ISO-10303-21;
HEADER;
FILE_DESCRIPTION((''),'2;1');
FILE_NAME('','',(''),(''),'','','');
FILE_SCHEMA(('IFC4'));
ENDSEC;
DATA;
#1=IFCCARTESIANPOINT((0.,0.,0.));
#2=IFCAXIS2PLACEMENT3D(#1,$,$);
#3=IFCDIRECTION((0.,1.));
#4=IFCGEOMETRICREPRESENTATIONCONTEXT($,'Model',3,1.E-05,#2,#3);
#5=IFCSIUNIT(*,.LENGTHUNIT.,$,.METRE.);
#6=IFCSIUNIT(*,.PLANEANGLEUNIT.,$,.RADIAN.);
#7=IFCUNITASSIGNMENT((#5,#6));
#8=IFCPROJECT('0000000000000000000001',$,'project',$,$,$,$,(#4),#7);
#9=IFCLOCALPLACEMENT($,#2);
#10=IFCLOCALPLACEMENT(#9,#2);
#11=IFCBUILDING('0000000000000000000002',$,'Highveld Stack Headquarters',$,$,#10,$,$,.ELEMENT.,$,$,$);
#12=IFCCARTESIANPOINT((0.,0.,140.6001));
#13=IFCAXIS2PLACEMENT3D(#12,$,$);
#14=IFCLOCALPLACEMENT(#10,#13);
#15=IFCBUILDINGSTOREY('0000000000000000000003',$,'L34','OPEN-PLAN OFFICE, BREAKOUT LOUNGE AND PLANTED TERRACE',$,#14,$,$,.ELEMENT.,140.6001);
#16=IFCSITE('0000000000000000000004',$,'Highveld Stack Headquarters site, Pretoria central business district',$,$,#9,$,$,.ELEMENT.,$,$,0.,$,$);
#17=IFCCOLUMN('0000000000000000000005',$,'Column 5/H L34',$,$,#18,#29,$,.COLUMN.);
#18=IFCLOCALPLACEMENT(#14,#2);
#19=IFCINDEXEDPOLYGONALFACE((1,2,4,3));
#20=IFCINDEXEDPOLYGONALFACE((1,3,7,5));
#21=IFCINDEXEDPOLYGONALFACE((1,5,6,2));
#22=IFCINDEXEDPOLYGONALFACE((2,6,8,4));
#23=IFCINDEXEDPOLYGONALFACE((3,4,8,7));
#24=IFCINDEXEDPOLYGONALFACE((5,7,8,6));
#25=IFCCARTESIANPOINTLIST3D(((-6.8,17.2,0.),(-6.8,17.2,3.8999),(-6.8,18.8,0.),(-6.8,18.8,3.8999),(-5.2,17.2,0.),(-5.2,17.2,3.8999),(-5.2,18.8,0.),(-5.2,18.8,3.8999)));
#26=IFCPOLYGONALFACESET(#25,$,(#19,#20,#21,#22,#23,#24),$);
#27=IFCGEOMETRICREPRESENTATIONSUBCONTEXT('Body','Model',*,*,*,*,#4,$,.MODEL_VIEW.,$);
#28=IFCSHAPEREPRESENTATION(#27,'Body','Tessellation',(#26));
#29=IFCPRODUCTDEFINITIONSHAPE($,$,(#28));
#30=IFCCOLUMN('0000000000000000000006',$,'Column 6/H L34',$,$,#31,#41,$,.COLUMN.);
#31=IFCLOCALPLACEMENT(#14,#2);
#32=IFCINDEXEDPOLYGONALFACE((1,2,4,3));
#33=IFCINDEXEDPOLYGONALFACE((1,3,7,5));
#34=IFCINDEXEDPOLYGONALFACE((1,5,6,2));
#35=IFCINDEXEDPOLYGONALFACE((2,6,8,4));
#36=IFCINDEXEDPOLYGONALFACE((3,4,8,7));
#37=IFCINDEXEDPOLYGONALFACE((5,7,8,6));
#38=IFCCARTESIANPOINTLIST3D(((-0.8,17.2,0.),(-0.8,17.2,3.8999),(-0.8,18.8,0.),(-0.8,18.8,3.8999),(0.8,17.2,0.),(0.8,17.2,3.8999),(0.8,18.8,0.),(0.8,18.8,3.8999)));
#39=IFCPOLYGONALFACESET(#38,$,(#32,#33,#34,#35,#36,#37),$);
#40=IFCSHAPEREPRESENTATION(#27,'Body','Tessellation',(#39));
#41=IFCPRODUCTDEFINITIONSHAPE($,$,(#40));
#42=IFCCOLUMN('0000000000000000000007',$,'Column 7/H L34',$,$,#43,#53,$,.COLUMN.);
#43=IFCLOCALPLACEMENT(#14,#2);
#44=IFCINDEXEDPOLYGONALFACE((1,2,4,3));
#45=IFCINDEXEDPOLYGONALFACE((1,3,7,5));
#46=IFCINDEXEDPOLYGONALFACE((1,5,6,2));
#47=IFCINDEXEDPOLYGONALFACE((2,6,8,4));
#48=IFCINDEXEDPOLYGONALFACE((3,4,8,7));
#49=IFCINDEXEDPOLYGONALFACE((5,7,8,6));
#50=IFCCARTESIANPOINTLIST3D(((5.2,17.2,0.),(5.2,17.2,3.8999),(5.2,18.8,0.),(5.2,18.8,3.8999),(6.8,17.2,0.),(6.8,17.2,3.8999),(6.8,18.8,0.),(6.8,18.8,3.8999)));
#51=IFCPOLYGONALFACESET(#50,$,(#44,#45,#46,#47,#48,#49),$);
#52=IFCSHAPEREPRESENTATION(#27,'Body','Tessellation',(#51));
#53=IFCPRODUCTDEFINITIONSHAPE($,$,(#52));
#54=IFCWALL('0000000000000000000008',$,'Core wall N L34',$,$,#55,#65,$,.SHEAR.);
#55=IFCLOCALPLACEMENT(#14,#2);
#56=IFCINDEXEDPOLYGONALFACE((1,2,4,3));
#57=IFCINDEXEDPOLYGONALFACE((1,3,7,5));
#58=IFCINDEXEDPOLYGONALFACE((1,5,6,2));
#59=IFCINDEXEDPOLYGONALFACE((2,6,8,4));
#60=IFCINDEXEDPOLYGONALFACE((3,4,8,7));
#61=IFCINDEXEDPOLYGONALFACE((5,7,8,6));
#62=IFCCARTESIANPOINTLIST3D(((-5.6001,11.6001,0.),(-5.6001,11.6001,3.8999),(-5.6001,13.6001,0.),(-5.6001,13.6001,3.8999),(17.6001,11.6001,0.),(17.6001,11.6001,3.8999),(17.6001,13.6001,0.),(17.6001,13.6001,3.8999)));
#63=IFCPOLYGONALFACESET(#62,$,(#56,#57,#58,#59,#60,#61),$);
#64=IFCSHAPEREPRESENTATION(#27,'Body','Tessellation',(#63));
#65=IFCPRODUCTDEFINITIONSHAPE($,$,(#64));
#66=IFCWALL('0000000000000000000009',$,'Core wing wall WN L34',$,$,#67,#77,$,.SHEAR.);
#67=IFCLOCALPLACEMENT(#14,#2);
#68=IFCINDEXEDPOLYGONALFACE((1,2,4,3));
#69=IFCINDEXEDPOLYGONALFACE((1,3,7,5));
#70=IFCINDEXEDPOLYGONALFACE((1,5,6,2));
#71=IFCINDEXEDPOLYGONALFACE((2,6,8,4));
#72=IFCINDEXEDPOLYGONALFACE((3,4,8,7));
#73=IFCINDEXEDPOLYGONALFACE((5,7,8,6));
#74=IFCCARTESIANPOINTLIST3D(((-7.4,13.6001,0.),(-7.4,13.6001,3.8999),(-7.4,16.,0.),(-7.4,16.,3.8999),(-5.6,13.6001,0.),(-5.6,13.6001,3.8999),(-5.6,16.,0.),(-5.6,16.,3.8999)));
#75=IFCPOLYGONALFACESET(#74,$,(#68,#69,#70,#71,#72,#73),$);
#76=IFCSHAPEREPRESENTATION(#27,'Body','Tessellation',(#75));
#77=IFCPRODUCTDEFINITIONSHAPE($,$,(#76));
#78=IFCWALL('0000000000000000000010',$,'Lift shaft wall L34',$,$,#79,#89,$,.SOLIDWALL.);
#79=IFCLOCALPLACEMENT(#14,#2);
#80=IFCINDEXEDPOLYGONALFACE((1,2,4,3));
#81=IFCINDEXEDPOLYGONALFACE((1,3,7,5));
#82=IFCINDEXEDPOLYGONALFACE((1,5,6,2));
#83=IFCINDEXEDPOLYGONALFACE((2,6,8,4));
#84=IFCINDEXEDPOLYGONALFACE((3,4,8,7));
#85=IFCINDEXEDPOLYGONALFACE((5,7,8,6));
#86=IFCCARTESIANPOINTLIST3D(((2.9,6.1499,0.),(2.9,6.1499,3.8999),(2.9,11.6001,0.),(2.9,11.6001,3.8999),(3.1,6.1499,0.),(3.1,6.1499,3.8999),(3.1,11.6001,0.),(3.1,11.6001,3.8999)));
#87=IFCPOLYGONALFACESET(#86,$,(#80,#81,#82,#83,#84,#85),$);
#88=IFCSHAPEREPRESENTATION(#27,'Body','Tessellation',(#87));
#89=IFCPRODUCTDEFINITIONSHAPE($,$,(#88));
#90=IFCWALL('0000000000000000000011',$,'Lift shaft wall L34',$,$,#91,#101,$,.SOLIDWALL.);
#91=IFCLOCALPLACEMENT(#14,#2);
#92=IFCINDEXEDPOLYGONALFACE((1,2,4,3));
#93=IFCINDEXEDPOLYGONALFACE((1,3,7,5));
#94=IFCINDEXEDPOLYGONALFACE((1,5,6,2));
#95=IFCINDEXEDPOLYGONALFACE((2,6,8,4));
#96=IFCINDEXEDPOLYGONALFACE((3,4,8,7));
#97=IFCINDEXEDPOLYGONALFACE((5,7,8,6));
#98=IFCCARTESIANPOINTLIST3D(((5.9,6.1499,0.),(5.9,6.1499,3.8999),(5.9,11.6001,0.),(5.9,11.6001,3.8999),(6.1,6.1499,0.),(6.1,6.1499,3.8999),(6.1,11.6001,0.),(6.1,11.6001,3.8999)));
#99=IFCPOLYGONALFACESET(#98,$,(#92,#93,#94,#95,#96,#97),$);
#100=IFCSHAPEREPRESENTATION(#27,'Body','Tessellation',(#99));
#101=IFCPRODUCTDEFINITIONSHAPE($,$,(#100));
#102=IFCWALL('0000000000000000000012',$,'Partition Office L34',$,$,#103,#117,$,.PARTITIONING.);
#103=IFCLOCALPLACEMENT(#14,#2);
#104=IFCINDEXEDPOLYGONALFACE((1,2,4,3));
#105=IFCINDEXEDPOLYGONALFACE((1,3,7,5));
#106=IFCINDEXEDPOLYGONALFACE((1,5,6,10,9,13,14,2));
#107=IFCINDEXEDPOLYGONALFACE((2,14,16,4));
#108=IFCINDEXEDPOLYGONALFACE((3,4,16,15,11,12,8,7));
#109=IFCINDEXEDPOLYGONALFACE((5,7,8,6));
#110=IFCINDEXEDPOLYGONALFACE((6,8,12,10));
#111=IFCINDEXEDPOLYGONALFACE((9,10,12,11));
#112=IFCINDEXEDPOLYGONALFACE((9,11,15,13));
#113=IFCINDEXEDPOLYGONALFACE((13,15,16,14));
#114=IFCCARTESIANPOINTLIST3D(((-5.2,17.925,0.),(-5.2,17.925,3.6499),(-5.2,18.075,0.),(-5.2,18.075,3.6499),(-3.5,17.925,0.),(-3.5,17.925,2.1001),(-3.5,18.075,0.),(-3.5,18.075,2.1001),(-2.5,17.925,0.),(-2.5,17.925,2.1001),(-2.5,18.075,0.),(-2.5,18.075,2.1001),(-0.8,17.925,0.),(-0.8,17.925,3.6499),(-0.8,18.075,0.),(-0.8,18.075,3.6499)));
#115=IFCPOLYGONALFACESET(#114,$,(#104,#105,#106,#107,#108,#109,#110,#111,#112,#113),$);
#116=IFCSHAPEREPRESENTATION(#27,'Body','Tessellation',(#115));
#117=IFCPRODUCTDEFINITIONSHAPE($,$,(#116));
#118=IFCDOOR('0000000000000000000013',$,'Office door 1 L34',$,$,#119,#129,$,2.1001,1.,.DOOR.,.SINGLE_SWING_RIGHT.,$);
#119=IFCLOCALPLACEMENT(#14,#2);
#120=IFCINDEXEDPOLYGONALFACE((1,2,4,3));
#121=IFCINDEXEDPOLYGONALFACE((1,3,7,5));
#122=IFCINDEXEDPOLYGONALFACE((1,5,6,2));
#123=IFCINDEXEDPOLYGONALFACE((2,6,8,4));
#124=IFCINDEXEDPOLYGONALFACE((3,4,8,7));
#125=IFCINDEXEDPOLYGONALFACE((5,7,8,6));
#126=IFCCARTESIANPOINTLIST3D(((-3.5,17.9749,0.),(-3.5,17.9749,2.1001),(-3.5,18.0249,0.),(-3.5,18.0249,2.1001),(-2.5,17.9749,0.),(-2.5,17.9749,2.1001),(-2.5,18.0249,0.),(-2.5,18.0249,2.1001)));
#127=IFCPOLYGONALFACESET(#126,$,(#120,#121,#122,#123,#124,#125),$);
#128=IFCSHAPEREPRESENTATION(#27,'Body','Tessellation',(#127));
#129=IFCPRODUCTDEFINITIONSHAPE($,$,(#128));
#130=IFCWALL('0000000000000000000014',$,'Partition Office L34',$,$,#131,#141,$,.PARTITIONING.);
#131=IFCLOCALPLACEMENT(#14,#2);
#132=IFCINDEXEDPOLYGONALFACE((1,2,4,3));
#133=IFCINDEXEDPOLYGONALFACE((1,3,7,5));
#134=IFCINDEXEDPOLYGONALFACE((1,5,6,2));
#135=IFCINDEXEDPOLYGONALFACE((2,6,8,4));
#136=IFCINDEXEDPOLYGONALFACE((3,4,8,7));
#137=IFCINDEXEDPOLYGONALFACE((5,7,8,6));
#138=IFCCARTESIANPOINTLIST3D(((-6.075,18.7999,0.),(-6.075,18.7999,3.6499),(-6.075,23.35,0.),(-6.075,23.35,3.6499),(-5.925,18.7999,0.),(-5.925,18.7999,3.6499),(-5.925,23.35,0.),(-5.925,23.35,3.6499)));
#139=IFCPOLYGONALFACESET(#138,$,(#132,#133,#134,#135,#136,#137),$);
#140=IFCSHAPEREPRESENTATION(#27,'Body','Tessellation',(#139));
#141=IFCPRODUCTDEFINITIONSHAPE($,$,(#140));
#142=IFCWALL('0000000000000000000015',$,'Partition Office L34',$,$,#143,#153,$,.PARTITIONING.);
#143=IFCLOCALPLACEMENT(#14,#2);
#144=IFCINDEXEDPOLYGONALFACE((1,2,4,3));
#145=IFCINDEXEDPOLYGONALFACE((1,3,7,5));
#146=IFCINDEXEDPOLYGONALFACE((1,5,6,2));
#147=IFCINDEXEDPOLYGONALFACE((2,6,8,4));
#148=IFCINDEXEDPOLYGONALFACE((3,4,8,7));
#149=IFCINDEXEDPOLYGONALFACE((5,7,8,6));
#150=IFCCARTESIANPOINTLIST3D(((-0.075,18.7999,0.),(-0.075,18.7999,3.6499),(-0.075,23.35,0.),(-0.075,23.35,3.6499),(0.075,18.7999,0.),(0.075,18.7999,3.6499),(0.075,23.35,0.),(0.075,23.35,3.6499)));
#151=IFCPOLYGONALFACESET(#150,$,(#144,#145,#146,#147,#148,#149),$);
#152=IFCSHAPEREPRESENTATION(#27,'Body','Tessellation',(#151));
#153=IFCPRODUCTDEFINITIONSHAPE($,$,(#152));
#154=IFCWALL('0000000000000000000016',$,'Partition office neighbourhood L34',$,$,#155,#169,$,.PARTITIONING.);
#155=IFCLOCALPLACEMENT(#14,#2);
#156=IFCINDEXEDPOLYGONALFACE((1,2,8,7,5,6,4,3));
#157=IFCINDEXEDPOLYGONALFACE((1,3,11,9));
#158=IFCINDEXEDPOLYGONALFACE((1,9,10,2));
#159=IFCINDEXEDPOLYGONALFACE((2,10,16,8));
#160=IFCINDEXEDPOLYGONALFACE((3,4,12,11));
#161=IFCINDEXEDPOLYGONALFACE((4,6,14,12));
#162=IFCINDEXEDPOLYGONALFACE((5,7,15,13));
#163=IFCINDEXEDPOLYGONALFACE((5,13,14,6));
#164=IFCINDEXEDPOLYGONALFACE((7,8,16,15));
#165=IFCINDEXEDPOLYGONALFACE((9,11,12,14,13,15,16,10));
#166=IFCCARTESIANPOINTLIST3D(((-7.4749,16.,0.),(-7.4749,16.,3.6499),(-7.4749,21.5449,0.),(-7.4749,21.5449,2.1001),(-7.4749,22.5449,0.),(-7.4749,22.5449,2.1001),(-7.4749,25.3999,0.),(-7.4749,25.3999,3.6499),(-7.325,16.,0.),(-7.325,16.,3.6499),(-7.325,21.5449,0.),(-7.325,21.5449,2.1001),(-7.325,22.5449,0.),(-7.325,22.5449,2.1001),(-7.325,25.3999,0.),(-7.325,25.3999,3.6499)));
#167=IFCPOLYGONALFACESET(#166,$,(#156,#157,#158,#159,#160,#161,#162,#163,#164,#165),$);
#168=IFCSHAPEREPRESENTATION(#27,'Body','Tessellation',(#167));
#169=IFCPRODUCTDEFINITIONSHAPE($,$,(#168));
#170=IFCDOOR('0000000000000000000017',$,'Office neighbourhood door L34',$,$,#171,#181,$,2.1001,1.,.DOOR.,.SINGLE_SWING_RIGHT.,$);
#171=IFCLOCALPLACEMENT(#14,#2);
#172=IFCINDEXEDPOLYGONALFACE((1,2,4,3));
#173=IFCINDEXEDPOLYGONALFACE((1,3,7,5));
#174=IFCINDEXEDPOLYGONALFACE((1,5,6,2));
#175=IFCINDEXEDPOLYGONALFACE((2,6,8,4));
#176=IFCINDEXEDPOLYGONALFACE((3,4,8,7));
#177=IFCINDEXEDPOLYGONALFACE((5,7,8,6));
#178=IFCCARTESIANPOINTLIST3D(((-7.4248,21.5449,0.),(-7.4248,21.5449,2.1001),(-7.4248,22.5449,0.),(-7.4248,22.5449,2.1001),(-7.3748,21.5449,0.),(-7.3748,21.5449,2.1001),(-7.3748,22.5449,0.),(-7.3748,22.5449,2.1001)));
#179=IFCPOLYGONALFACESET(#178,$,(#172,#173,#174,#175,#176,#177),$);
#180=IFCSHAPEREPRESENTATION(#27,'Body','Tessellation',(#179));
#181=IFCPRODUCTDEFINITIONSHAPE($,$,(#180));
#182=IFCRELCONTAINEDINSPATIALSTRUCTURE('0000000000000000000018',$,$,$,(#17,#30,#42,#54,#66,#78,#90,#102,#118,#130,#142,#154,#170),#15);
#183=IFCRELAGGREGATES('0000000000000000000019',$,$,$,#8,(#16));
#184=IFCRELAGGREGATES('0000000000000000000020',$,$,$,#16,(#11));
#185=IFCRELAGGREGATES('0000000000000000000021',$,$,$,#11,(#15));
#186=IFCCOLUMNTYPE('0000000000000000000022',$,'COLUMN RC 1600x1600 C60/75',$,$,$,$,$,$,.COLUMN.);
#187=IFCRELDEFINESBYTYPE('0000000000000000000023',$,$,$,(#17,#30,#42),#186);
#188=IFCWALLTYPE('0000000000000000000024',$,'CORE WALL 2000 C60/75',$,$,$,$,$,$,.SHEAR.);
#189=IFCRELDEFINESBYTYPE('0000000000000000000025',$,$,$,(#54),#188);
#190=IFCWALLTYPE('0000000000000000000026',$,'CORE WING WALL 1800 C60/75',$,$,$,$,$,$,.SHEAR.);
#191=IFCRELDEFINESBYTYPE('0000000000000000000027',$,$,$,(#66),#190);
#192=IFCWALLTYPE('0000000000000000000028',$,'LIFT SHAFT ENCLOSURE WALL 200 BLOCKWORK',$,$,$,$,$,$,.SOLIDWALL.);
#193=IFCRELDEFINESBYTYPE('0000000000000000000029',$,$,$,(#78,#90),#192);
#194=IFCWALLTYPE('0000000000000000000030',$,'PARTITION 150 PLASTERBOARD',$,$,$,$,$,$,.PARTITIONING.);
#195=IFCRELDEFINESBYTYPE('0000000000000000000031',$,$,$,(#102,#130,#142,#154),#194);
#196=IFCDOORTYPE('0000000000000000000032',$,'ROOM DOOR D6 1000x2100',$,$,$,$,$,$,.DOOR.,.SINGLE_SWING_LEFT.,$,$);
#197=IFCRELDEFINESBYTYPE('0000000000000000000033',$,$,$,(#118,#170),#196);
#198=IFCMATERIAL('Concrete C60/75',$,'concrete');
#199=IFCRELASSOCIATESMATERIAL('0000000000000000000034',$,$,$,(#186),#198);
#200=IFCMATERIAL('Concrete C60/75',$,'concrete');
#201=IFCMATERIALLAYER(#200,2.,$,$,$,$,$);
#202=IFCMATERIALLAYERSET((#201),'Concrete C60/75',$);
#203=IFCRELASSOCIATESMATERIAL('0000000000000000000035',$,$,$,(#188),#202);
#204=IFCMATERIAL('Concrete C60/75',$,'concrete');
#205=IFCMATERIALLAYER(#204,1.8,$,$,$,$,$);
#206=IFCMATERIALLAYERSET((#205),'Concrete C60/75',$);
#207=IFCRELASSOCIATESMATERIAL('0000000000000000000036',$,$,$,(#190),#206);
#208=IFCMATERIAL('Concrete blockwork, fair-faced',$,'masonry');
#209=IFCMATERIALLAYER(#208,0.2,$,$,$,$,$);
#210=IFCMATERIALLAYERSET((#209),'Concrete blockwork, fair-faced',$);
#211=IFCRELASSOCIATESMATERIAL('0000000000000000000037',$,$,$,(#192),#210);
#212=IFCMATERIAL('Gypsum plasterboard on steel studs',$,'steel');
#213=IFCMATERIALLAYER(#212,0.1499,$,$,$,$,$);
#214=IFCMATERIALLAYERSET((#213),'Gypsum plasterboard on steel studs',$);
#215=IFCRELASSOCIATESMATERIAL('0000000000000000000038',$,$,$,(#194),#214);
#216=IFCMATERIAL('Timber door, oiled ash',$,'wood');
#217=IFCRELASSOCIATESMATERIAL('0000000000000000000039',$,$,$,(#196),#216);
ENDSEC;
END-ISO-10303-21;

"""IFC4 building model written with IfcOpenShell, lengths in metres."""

from ifc_helpers import new_model, si_unit, direction, frame, frame_2d, origin, origin_2d, place, context, subcontext, project, spatial, rectangle, extrude, material, layer, layer_set, material_profile, profile_set, type_object, element, fill, save


model = new_model("IFC4")

# Units and contexts
model_context = context("Model", 3, precision=1e-05, world=origin(), true_north=direction((0.0, 1.0)))
body_context = subcontext(model_context, "Body", "Model", "MODEL_VIEW")
ifc_project = project(units=[si_unit("LENGTHUNIT", "METRE"), si_unit("PLANEANGLEUNIT", "RADIAN")], contexts=[model_context])

# Site, building, storey
site_placement = place(None, origin())
site = spatial("IfcSite", under=ifc_project, at=site_placement, Name="Highveld Stack Headquarters site, Pretoria central business district", CompositionType="ELEMENT", RefElevation=0.0)
building_placement = place(site_placement, origin())
building = spatial("IfcBuilding", under=site, at=building_placement, Name="Highveld Stack Headquarters", CompositionType="ELEMENT")
storey_placement = place(building_placement, frame((0.0, 0.0, 140.6001)))
storey = spatial("IfcBuildingStorey", under=building, at=storey_placement, Name="L34", Description="OPEN-PLAN OFFICE, BREAKOUT LOUNGE AND PLANTED TERRACE", CompositionType="ELEMENT", Elevation=140.6001)

# Columns
ifc_material_1 = material(Name="Concrete C60/75", Category="concrete")
ifc_material_profile = material_profile(ifc_material_1, rectangle(XDim=1.6001, YDim=1.6001, at=origin_2d()), Name="RC 1600x1600")
ifc_profile_set = profile_set([ifc_material_profile], Name="Concrete C60/75")
column_type = type_object("IfcColumnType", Name="COLUMN RC 1600x1600 C60/75", PredefinedType="COLUMN", material=ifc_profile_set)
for number, where, z_axis, x_axis, name in (
    (1, (-6.0, 18.0, 0.0), (0.0, 0.0, 1.0), (1.0, 0.0, 0.0), "Column 5/H L34"),
    (2, (0.0, 18.0, 0.0), (0.0, 0.0, 1.0), (1.0, 0.0, 0.0), "Column 6/H L34"),
    (3, (6.0, 18.0, 0.0), (0.0, 0.0, 1.0), (1.0, 0.0, 0.0), "Column 7/H L34"),
):
    element("IfcColumn", number, at=place(storey_placement, frame(where, z_axis=z_axis, x_axis=x_axis)), inside=storey, type_object=column_type, Name=name, PredefinedType="COLUMN", context=body_context, shape_type="SweptSolid", body=[
        extrude(rectangle(XDim=1.6001, YDim=1.6001, at=origin_2d()), origin(), (0.0, 0.0, 1.0), 3.8999),
    ])

# Walls
ifc_material_2 = material(Name="Concrete C60/75", Category="concrete")
ifc_layer_1 = layer(ifc_material_2, 2.0)
ifc_layer_set_1 = layer_set([ifc_layer_1], Name="Concrete C60/75")
wall_type_1 = type_object("IfcWallType", Name="CORE WALL 2000 C60/75", PredefinedType="SHEAR", material=ifc_layer_set_1)
wall_1_placement = place(storey_placement, frame((-5.6001, 12.6001, 0.0), z_axis=(0.0, 0.0, 1.0), x_axis=(1.0, 0.0, 0.0)))
element("IfcWall", 4, at=wall_1_placement, inside=storey, type_object=wall_type_1, Name="Core wall N L34", PredefinedType="SHEAR", context=body_context, shape_type="SweptSolid", body=[
    extrude(rectangle(XDim=23.2002, YDim=2.0, at=frame_2d((11.6001, 0.0))), origin(), (0.0, 0.0, 1.0), 3.8999),
])
ifc_material_3 = material(Name="Concrete C60/75", Category="concrete")
ifc_layer_2 = layer(ifc_material_3, 1.8)
ifc_layer_set_2 = layer_set([ifc_layer_2], Name="Concrete C60/75")
wall_type_2 = type_object("IfcWallType", Name="CORE WING WALL 1800 C60/75", PredefinedType="SHEAR", material=ifc_layer_set_2)
wall_2_placement = place(storey_placement, frame((-6.5, 13.6001, 0.0), z_axis=(0.0, 0.0, 1.0), x_axis=(0.0, 1.0, 0.0)))
element("IfcWall", 5, at=wall_2_placement, inside=storey, type_object=wall_type_2, Name="Core wing wall WN L34", PredefinedType="SHEAR", context=body_context, shape_type="SweptSolid", body=[
    extrude(rectangle(XDim=2.3999, YDim=1.8, at=frame_2d((1.2, 0.0))), origin(), (0.0, 0.0, 1.0), 3.8999),
])
ifc_material_4 = material(Name="Concrete blockwork, fair-faced", Category="masonry")
ifc_layer_3 = layer(ifc_material_4, 0.2)
ifc_layer_set_3 = layer_set([ifc_layer_3], Name="Concrete blockwork, fair-faced")
wall_type_3 = type_object("IfcWallType", Name="LIFT SHAFT ENCLOSURE WALL 200 BLOCKWORK", PredefinedType="SOLIDWALL", material=ifc_layer_set_3)
for number, where, z_axis, x_axis, name in (
    (6, (3.0, 6.1499, 0.0), (0.0, 0.0, 1.0), (0.0, 1.0, 0.0), "Lift shaft wall L34"),
    (7, (6.0, 6.1499, 0.0), (0.0, 0.0, 1.0), (0.0, 1.0, 0.0), "Lift shaft wall L34"),
):
    element("IfcWall", number, at=place(storey_placement, frame(where, z_axis=z_axis, x_axis=x_axis)), inside=storey, type_object=wall_type_3, Name=name, PredefinedType="SOLIDWALL", context=body_context, shape_type="SweptSolid", body=[
        extrude(rectangle(XDim=5.4502, YDim=0.2, at=frame_2d((2.7251, 0.0))), origin(), (0.0, 0.0, 1.0), 3.8999),
    ])

# Wall, opening, door
ifc_material_5 = material(Name="Gypsum plasterboard on steel studs", Category="steel")
ifc_layer_4 = layer(ifc_material_5, 0.1499)
ifc_layer_set_4 = layer_set([ifc_layer_4], Name="Gypsum plasterboard on steel studs")
wall_type_4 = type_object("IfcWallType", Name="PARTITION 150 PLASTERBOARD", PredefinedType="PARTITIONING", material=ifc_layer_set_4)
wall_3_placement = place(storey_placement, frame((-5.2, 18.0, 0.0), z_axis=(0.0, 0.0, 1.0), x_axis=(1.0, 0.0, 0.0)))
wall_3 = element("IfcWall", 8, at=wall_3_placement, inside=storey, type_object=wall_type_4, Name="Partition Office L34", PredefinedType="PARTITIONING", context=body_context, shape_type="SweptSolid", body=[
    extrude(rectangle(XDim=4.3999, YDim=0.1499, at=frame_2d((2.2, 0.0))), origin(), (0.0, 0.0, 1.0), 3.6499),
])
opening_1_placement = place(wall_3_placement, frame((1.7, 0.0, 0.0)))
opening_1 = element("IfcOpeningElement", 9, at=opening_1_placement, cuts=wall_3, PredefinedType="OPENING", context=body_context, shape_type="SweptSolid", body=[
    extrude(rectangle(XDim=1.0, YDim=2.1001, at=frame_2d((0.5, 1.05))), frame((0.0, 0.085, 0.0), z_axis=(0.0, -1.0, 0.0), x_axis=(1.0, 0.0, 0.0)), (0.0, 0.0, 1.0), 0.1699),
])
ifc_material_6 = material(Name="Timber door, oiled ash", Category="wood")
door_type = type_object("IfcDoorType", Name="ROOM DOOR D6 1000x2100", OperationType="SINGLE_SWING_LEFT", PredefinedType="DOOR", material=ifc_material_6)
door_1_placement = place(opening_1_placement, origin())
door_1 = element("IfcDoor", 10, at=door_1_placement, inside=storey, type_object=door_type, Name="Office door 1 L34", OperationType="SINGLE_SWING_RIGHT", OverallHeight=2.1001, OverallWidth=1.0, PredefinedType="DOOR", context=body_context, shape_type="SweptSolid", body=[
    extrude(rectangle(XDim=1.0, YDim=2.1001, at=frame_2d((0.5, 1.05))), frame((0.0, 0.0249, 0.0), z_axis=(0.0, -1.0, 0.0), x_axis=(1.0, 0.0, 0.0)), (0.0, 0.0, 1.0), 0.05),
])
fill(opening_1, door_1)

# Walls
for number, where, z_axis, x_axis, name in (
    (11, (-6.0, 18.8, 0.0), (0.0, 0.0, 1.0), (0.0, 1.0, 0.0), "Partition Office L34"),
    (12, (0.0, 18.8, 0.0), (0.0, 0.0, 1.0), (0.0, 1.0, 0.0), "Partition Office L34"),
):
    element("IfcWall", number, at=place(storey_placement, frame(where, z_axis=z_axis, x_axis=x_axis)), inside=storey, type_object=wall_type_4, Name=name, PredefinedType="PARTITIONING", context=body_context, shape_type="SweptSolid", body=[
        extrude(rectangle(XDim=4.55, YDim=0.1499, at=frame_2d((2.2749, 0.0))), origin(), (0.0, 0.0, 1.0), 3.6499),
    ])

# Wall, opening, door
wall_4_placement = place(storey_placement, frame((-7.3999, 16.0, 0.0), z_axis=(0.0, 0.0, 1.0), x_axis=(0.0, 1.0, 0.0)))
wall_4 = element("IfcWall", 13, at=wall_4_placement, inside=storey, type_object=wall_type_4, Name="Partition office neighbourhood L34", PredefinedType="PARTITIONING", context=body_context, shape_type="SweptSolid", body=[
    extrude(rectangle(XDim=9.3999, YDim=0.1499, at=frame_2d((4.7, 0.0))), origin(), (0.0, 0.0, 1.0), 3.6499),
])
opening_2_placement = place(wall_4_placement, frame((5.5449, 0.0, 0.0)))
opening_2 = element("IfcOpeningElement", 14, at=opening_2_placement, cuts=wall_4, PredefinedType="OPENING", context=body_context, shape_type="SweptSolid", body=[
    extrude(rectangle(XDim=1.0, YDim=2.1001, at=frame_2d((0.5, 1.05))), frame((0.0, 0.085, 0.0), z_axis=(0.0, -1.0, 0.0), x_axis=(1.0, 0.0, 0.0)), (0.0, 0.0, 1.0), 0.1699),
])
door_2_placement = place(opening_2_placement, origin())
door_2 = element("IfcDoor", 15, at=door_2_placement, inside=storey, type_object=door_type, Name="Office neighbourhood door L34", OperationType="SINGLE_SWING_RIGHT", OverallHeight=2.1001, OverallWidth=1.0, PredefinedType="DOOR", context=body_context, shape_type="SweptSolid", body=[
    extrude(rectangle(XDim=1.0, YDim=2.1001, at=frame_2d((0.5, 1.05))), frame((0.0, 0.0249, 0.0), z_axis=(0.0, -1.0, 0.0), x_axis=(1.0, 0.0, 0.0)), (0.0, 0.0, 1.0), 0.05),
])
fill(opening_2, door_2)

save(model, "model.ifc")
